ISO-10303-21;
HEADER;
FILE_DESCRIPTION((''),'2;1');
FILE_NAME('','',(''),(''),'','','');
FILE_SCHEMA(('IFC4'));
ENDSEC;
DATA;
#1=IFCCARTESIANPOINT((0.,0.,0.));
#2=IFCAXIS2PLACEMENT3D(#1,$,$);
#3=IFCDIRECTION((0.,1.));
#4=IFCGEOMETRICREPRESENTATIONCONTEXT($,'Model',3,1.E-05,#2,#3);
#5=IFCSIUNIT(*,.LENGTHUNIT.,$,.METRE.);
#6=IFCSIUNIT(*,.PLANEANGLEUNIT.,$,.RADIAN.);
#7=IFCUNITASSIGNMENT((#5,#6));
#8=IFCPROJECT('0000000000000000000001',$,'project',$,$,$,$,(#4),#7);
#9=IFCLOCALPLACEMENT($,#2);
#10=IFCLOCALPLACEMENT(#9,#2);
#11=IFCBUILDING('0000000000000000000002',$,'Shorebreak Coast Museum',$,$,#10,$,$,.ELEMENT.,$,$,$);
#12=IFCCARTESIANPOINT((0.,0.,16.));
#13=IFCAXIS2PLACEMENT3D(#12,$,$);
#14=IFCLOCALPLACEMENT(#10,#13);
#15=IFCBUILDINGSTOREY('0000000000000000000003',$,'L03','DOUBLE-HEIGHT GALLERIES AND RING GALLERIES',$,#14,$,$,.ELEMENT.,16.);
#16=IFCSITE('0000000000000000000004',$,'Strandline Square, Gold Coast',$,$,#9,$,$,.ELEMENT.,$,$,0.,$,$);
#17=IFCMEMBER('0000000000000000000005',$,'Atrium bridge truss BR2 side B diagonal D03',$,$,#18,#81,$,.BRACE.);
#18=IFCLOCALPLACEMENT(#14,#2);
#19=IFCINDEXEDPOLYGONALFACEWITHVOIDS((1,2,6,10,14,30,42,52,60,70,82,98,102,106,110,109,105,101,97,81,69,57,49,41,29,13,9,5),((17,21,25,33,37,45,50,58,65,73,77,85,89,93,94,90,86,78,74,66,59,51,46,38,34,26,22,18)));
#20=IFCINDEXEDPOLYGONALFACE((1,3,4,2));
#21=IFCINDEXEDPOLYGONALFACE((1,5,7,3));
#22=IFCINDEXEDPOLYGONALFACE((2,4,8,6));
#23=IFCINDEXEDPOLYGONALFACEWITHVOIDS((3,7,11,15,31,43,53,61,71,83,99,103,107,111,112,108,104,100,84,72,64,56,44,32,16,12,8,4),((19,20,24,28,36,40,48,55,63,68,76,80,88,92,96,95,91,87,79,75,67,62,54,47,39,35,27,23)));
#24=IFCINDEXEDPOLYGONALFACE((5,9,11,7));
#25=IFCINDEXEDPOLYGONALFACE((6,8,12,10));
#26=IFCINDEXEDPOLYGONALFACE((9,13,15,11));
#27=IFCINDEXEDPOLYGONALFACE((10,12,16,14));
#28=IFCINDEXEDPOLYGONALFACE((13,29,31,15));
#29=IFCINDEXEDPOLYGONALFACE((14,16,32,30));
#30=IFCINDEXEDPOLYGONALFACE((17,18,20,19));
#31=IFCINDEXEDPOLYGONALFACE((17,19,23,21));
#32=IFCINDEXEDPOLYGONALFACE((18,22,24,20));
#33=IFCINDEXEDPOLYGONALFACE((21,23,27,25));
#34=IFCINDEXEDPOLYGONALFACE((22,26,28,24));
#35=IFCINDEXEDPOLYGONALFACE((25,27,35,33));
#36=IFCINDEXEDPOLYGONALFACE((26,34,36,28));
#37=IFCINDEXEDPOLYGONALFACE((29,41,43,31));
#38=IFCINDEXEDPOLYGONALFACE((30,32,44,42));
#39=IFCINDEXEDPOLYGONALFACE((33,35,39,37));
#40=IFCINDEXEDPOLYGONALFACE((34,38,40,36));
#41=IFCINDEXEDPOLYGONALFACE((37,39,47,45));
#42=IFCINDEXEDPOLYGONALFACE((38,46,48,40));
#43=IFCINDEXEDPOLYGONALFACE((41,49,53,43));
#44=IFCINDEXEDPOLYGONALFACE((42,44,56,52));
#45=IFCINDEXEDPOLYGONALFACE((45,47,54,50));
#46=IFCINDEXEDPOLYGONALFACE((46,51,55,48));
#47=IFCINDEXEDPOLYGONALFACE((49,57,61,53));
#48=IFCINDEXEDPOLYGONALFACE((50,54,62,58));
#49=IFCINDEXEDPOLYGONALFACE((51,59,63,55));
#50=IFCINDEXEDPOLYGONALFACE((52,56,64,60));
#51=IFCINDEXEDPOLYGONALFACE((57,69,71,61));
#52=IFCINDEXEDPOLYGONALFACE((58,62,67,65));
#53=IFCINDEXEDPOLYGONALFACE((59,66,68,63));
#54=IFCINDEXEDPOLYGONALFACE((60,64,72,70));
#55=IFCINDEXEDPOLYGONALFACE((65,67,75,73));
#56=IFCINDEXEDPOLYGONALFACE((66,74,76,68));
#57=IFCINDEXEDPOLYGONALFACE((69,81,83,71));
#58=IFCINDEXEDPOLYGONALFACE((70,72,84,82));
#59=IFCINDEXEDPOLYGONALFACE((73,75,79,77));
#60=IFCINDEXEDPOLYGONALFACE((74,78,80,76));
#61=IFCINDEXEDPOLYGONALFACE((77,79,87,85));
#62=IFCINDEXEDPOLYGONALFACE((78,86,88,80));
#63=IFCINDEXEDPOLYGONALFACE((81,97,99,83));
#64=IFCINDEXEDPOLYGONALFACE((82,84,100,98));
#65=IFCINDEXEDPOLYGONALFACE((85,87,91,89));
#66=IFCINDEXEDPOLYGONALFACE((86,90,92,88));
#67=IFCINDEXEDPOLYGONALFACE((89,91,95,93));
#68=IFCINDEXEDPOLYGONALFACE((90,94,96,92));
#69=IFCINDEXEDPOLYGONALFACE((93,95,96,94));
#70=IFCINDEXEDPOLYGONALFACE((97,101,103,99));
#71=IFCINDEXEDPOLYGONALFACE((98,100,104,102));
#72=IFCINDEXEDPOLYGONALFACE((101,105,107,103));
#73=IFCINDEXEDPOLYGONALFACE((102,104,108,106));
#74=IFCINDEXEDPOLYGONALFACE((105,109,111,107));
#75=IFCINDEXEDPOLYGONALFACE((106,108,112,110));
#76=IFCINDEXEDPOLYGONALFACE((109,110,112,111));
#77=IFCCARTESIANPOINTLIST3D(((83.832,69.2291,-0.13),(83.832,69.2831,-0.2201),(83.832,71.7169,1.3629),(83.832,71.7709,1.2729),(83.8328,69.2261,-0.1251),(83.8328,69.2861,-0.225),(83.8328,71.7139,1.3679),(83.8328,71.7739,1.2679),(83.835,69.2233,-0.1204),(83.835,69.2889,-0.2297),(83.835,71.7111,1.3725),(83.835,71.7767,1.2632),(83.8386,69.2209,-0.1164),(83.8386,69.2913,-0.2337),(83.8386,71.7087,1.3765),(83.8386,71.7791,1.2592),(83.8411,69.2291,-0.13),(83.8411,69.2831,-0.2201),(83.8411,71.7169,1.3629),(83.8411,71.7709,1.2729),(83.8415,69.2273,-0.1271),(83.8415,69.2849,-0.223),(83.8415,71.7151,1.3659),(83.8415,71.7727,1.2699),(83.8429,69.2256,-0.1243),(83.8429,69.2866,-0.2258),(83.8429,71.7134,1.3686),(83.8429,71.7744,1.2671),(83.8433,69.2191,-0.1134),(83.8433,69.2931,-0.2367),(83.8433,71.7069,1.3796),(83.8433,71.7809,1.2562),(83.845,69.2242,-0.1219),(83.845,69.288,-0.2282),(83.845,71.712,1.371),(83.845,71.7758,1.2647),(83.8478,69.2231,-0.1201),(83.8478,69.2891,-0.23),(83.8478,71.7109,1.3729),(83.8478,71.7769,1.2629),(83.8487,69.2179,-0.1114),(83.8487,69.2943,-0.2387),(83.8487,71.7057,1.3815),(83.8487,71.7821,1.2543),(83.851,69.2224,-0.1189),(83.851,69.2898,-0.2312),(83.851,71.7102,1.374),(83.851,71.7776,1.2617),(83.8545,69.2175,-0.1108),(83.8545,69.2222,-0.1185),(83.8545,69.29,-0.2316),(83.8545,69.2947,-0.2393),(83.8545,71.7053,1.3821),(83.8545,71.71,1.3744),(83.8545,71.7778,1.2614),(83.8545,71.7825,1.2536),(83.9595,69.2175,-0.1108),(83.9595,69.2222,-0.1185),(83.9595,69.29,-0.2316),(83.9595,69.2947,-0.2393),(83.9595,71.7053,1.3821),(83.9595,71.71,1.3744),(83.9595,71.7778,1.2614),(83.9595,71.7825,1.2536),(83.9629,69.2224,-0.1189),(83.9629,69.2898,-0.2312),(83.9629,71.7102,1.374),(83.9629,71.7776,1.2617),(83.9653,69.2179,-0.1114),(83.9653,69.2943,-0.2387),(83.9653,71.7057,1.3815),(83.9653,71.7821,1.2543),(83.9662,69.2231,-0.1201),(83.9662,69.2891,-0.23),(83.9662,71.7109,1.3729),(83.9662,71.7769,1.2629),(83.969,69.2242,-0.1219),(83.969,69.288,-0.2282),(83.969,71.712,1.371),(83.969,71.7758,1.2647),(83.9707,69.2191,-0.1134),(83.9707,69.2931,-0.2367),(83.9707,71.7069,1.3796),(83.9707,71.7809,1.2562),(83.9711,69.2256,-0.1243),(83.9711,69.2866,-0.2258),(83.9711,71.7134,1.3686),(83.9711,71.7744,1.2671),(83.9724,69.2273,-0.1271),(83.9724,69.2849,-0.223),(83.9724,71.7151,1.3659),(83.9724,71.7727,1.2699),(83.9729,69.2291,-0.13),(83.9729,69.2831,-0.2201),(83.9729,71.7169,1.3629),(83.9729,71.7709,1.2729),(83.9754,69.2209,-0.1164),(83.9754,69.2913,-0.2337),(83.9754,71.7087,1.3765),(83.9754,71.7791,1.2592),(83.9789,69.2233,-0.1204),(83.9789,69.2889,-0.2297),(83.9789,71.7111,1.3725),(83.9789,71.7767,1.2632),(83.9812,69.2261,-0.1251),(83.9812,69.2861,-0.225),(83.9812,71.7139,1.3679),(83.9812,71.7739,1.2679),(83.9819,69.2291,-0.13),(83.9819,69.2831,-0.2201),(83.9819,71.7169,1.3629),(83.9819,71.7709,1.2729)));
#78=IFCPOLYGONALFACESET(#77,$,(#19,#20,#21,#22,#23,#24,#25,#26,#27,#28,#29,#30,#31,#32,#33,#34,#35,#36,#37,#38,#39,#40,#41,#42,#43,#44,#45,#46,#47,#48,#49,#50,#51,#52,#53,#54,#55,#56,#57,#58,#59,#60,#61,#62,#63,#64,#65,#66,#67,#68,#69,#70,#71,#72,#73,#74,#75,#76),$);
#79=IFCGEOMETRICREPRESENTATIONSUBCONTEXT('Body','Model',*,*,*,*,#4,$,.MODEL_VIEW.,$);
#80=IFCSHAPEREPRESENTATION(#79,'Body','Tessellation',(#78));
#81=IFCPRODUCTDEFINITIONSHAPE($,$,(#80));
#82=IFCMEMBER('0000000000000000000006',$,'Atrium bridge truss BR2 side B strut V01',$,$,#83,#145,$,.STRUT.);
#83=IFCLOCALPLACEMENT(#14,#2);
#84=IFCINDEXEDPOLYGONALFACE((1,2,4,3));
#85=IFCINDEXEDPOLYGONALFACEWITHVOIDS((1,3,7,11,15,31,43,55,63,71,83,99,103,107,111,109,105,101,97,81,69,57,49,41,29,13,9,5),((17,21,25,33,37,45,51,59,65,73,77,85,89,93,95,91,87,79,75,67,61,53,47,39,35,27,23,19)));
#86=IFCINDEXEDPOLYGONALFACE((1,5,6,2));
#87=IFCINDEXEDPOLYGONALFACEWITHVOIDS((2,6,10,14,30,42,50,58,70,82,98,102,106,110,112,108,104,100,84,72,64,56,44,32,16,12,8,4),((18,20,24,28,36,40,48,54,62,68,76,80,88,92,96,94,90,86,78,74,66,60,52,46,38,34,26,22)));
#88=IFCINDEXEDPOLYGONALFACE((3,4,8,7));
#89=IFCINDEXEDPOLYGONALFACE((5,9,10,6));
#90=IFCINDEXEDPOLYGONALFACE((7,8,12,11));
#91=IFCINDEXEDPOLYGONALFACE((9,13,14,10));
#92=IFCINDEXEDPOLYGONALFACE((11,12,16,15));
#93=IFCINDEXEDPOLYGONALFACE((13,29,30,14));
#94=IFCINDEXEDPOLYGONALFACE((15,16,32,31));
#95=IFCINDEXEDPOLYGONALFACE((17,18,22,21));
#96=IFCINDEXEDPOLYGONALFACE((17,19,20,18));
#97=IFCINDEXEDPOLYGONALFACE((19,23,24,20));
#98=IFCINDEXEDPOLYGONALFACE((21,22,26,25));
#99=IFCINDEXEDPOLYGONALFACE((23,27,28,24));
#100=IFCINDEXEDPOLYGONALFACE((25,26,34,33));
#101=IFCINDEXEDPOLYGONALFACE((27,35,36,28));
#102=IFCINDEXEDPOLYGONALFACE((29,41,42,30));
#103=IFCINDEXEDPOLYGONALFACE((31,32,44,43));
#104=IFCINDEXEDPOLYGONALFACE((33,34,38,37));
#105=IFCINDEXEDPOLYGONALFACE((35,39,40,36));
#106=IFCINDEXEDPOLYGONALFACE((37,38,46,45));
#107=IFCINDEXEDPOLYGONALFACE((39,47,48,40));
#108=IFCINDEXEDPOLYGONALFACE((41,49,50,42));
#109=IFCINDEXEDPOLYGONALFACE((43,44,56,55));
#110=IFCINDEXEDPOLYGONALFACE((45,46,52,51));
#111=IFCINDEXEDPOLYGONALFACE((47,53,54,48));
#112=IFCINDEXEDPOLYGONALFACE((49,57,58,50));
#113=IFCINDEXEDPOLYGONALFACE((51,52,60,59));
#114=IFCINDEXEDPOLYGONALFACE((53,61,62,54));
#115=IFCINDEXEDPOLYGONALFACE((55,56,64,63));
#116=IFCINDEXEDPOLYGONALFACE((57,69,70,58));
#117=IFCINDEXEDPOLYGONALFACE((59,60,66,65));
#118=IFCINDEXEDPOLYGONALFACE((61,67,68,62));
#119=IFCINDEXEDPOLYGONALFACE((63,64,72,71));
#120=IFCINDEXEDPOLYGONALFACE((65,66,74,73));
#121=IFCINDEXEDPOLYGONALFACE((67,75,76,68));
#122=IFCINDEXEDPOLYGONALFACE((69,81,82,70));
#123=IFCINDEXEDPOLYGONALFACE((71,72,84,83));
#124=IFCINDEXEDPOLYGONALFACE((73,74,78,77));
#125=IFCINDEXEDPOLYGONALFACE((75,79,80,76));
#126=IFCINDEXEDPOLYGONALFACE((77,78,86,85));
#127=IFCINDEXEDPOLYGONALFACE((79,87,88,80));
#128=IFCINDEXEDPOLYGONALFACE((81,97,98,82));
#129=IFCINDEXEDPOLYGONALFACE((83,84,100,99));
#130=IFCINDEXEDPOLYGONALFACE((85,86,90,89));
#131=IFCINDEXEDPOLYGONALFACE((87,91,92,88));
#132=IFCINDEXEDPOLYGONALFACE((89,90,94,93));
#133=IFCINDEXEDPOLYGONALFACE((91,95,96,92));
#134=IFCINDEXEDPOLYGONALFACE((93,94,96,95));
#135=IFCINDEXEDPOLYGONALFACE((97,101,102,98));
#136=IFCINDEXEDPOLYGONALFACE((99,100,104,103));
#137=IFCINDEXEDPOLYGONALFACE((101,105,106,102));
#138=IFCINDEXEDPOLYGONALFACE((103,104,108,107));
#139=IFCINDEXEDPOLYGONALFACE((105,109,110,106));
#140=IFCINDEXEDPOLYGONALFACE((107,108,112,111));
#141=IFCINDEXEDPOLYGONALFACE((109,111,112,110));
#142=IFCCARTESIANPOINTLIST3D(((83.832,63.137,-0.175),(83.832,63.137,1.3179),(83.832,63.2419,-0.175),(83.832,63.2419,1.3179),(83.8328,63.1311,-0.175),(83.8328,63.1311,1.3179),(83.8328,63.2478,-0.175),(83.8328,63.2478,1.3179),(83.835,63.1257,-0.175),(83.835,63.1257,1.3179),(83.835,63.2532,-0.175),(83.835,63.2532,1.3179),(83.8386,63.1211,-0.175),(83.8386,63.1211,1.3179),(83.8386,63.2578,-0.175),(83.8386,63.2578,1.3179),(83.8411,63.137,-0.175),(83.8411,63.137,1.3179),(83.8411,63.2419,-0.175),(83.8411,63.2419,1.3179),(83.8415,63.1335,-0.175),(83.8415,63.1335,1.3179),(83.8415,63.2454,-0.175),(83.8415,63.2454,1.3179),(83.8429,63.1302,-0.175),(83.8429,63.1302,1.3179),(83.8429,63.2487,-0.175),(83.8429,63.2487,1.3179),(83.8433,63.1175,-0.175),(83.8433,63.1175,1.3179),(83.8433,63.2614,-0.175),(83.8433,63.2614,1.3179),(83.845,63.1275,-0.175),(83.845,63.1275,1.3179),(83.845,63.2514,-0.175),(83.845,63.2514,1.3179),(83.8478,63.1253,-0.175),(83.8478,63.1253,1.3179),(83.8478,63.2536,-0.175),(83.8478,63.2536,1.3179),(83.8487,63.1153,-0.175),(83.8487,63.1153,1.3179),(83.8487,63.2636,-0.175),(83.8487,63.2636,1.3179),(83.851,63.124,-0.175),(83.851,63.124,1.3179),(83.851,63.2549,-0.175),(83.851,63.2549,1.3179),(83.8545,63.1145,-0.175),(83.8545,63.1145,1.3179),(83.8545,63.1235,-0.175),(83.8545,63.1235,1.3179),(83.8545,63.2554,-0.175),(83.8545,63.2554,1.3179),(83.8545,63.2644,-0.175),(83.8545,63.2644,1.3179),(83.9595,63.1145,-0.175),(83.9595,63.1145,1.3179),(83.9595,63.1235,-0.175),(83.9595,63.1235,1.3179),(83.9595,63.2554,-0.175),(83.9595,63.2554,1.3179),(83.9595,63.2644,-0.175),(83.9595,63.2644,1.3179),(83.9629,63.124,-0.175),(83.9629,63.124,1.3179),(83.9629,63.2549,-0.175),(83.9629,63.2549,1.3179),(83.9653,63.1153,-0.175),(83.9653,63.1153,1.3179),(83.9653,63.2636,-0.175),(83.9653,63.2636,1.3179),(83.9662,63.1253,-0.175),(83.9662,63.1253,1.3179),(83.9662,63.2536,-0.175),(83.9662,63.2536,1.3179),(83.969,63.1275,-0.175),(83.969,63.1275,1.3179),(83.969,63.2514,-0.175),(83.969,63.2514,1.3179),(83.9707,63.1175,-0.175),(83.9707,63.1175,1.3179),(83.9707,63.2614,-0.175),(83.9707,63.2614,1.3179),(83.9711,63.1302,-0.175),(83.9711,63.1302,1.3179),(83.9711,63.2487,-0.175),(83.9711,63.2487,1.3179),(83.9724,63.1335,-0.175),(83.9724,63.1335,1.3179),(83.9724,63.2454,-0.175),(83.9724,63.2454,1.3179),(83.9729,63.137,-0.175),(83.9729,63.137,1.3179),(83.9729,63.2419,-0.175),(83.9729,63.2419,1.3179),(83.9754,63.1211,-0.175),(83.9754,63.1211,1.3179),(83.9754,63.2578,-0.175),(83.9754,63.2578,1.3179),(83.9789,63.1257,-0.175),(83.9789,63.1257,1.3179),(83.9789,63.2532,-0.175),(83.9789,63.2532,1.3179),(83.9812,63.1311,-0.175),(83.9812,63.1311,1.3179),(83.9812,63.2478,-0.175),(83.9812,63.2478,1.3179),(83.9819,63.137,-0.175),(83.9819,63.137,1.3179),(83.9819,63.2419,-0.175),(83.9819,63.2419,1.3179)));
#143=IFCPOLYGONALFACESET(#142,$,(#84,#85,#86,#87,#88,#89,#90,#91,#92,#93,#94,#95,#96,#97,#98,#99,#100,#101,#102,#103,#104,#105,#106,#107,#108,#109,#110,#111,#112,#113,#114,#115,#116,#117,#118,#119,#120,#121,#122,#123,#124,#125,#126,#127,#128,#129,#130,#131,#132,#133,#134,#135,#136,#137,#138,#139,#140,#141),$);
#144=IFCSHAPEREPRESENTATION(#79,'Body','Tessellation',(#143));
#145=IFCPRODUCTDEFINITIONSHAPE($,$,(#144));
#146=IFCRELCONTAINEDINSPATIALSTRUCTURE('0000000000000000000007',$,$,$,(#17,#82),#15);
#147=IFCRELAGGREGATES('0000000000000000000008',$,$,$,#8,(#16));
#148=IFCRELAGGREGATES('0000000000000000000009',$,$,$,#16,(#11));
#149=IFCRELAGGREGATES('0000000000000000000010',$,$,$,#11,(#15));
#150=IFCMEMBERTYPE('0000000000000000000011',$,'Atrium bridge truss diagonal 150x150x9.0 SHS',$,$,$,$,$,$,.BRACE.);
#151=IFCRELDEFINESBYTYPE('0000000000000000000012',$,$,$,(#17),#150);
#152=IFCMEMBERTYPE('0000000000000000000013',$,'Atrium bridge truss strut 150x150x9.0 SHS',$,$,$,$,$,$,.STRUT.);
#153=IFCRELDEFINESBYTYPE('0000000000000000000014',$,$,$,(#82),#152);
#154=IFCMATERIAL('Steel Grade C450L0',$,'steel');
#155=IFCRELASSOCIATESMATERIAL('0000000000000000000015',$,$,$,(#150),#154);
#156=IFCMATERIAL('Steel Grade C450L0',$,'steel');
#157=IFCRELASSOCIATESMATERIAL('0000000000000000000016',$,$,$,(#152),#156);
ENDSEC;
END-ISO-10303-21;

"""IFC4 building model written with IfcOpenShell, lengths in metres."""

from ifc_helpers import new_model, si_unit, direction, frame, origin, origin_2d, place, context, subcontext, project, spatial, hollow_rectangle, extrude, material, material_profile, profile_set, type_object, element, save


model = new_model("IFC4")

# Units and contexts
model_context = context("Model", 3, precision=1e-05, world=origin(), true_north=direction((0.0, 1.0)))
body_context = subcontext(model_context, "Body", "Model", "MODEL_VIEW")
ifc_project = project(units=[si_unit("LENGTHUNIT", "METRE"), si_unit("PLANEANGLEUNIT", "RADIAN")], contexts=[model_context])

# Site, building, storey
site_placement = place(None, origin())
site = spatial("IfcSite", under=ifc_project, at=site_placement, Name="Strandline Square, Gold Coast", CompositionType="ELEMENT", RefElevation=0.0)
building_placement = place(site_placement, origin())
building = spatial("IfcBuilding", under=site, at=building_placement, Name="Shorebreak Coast Museum", CompositionType="ELEMENT")
storey_placement = place(building_placement, frame((0.0, 0.0, 16.0)))
storey = spatial("IfcBuildingStorey", under=building, at=storey_placement, Name="L03", Description="DOUBLE-HEIGHT GALLERIES AND RING GALLERIES", CompositionType="ELEMENT", Elevation=16.0)

# Members
ifc_material_1 = material(Name="Steel Grade C450L0", Category="steel")
ifc_material_profile_1 = material_profile(ifc_material_1, hollow_rectangle(XDim=0.1499, YDim=0.1499, WallThickness=0.009, InnerFilletRadius=0.0134, OuterFilletRadius=0.0225, at=origin_2d()), Name="150x150x9.0 SHS")
ifc_profile_set_1 = profile_set([ifc_material_profile_1], Name="Steel Grade C450L0")
member_type_1 = type_object("IfcMemberType", Name="Atrium bridge truss diagonal 150x150x9.0 SHS", PredefinedType="BRACE", material=ifc_profile_set_1)
for number, where, z_axis, x_axis, name in (
    (1, (83.907, 69.2561, -0.175), (0.0, 0.857456, 0.514558), (-1.0, 0.0, 0.0), "Atrium bridge truss BR2 side B diagonal D03"),
):
    element("IfcMember", number, at=place(storey_placement, frame(where, z_axis=z_axis, x_axis=x_axis)), inside=storey, type_object=member_type_1, Name=name, PredefinedType="BRACE", context=body_context, shape_type="SweptSolid", body=[
        extrude(hollow_rectangle(XDim=0.1499, YDim=0.1499, WallThickness=0.009, InnerFilletRadius=0.0134, OuterFilletRadius=0.0225, at=origin_2d()), origin(), (0.0, 0.0, 1.0), 2.9014),
    ])
ifc_material_2 = material(Name="Steel Grade C450L0", Category="steel")
ifc_material_profile_2 = material_profile(ifc_material_2, hollow_rectangle(XDim=0.1499, YDim=0.1499, WallThickness=0.009, InnerFilletRadius=0.0134, OuterFilletRadius=0.0225, at=origin_2d()), Name="150x150x9.0 SHS")
ifc_profile_set_2 = profile_set([ifc_material_profile_2], Name="Steel Grade C450L0")
member_type_2 = type_object("IfcMemberType", Name="Atrium bridge truss strut 150x150x9.0 SHS", PredefinedType="STRUT", material=ifc_profile_set_2)
for number, where, z_axis, x_axis, name in (
    (2, (83.907, 63.1895, -0.175), (0.0, 0.0, 1.0), (1.0, 0.0, 0.0), "Atrium bridge truss BR2 side B strut V01"),
):
    element("IfcMember", number, at=place(storey_placement, frame(where, z_axis=z_axis, x_axis=x_axis)), inside=storey, type_object=member_type_2, Name=name, PredefinedType="STRUT", context=body_context, shape_type="SweptSolid", body=[
        extrude(hollow_rectangle(XDim=0.1499, YDim=0.1499, WallThickness=0.009, InnerFilletRadius=0.0134, OuterFilletRadius=0.0225, at=origin_2d()), origin(), (0.0, 0.0, 1.0), 1.4929),
    ])

save(model, "model.ifc")
